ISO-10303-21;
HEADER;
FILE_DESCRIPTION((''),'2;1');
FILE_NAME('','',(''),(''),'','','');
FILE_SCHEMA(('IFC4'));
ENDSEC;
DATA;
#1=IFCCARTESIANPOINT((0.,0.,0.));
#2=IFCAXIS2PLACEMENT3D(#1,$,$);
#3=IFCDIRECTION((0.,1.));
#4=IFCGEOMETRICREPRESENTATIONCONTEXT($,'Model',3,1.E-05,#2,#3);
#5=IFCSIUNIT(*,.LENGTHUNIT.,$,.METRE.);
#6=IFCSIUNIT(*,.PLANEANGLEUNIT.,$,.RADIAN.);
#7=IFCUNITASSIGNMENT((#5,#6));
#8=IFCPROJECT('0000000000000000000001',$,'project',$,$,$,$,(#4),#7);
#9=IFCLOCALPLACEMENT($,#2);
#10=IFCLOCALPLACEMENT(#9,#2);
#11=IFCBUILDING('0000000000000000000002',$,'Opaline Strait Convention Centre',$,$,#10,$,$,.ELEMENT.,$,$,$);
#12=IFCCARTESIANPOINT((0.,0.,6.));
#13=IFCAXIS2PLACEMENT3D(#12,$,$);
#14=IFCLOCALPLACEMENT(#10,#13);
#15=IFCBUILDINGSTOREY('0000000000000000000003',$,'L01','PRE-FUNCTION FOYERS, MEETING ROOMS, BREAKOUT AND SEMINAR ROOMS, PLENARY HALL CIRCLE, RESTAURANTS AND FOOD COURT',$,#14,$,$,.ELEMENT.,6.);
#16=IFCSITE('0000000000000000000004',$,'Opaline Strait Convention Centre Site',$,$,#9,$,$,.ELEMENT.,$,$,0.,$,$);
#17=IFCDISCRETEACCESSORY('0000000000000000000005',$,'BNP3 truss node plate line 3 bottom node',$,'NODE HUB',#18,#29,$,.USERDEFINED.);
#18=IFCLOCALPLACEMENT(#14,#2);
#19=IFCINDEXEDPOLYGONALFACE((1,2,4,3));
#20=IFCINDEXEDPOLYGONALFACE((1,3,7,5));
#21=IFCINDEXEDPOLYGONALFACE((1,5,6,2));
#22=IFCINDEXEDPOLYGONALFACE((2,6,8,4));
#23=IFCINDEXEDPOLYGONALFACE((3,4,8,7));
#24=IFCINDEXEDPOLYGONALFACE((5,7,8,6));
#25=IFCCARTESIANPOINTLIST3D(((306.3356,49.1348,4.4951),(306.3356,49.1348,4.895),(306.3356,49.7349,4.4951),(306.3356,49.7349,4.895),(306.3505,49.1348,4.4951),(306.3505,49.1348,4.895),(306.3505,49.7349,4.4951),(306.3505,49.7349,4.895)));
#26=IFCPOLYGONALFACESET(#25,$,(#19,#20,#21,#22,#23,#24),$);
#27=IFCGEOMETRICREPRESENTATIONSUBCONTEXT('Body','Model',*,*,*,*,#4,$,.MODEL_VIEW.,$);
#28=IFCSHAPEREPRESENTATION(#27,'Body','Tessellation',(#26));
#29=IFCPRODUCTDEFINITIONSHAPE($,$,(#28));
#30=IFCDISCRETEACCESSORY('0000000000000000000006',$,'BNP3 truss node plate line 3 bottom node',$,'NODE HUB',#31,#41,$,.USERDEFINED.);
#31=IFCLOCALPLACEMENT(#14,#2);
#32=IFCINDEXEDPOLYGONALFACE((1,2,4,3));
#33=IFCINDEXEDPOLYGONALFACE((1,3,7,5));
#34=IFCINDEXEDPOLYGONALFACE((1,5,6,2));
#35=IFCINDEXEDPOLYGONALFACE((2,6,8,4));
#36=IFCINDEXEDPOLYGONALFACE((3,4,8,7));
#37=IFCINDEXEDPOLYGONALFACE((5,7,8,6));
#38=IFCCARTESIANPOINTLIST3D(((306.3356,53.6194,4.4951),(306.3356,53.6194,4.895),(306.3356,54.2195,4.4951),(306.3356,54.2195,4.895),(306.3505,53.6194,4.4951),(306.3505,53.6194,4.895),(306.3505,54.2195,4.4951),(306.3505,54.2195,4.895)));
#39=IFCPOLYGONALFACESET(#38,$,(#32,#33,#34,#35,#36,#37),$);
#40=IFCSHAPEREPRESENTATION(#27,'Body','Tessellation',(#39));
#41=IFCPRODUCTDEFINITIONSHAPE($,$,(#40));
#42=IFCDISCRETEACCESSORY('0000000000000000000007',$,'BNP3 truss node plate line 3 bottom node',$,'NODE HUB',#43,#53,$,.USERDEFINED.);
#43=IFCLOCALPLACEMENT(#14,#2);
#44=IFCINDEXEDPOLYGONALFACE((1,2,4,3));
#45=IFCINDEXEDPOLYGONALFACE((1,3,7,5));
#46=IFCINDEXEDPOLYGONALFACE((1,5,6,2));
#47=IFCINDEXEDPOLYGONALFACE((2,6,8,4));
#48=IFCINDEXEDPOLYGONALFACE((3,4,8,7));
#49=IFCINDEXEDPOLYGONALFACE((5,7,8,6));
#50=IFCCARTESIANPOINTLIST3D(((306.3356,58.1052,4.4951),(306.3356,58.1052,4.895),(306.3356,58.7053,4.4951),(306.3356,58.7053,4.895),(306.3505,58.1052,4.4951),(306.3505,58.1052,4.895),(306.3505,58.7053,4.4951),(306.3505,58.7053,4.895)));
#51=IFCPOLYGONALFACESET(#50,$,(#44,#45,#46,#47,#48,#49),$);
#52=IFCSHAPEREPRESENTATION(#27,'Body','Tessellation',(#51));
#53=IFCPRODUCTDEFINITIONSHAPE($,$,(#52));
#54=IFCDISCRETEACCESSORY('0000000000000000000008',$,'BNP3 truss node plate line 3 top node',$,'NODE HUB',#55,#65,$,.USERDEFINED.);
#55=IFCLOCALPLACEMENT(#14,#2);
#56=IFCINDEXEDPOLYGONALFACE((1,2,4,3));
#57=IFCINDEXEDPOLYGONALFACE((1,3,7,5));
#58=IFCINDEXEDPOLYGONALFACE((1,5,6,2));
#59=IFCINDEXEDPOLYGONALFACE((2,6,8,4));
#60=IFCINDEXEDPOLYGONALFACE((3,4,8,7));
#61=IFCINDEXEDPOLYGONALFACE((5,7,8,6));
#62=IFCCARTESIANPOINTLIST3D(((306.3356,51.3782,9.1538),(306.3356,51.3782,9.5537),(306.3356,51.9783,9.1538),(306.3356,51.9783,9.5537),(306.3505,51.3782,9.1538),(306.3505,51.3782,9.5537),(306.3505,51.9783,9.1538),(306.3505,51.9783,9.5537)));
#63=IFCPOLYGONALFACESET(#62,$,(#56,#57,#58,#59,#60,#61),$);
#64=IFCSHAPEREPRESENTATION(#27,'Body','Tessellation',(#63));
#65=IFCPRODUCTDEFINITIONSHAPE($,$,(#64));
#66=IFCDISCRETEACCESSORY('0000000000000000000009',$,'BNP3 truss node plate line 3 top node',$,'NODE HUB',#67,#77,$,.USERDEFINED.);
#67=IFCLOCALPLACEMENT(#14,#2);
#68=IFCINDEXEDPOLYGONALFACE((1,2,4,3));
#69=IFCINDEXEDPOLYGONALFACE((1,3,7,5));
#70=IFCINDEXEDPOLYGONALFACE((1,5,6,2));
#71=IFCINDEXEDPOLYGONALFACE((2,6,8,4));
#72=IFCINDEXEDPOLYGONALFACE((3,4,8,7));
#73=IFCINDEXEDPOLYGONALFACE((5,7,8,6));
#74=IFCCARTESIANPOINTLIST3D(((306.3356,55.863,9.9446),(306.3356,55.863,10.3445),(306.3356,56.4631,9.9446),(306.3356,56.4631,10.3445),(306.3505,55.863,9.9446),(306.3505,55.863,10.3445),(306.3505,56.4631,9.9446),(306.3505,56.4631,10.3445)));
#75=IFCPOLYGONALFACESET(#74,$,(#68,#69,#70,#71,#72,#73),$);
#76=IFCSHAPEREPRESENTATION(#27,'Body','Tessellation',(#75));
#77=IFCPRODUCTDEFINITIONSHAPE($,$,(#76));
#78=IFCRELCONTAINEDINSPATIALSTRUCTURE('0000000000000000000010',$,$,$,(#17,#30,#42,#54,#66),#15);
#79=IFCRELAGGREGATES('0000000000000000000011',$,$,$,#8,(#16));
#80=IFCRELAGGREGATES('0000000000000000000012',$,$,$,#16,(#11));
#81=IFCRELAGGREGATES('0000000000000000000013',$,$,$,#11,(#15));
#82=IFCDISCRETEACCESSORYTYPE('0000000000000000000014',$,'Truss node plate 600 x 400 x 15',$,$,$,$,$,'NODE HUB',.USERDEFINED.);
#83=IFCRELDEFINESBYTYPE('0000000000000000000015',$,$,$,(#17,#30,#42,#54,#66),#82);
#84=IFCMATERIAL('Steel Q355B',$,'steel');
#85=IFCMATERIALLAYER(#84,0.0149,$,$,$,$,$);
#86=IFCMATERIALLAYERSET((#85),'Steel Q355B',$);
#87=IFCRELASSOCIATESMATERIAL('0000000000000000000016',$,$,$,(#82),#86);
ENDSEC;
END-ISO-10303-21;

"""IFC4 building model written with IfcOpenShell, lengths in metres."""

from ifc_helpers import new_model, si_unit, direction, frame, origin, origin_2d, place, context, subcontext, project, spatial, rectangle, extrude, material, layer, layer_set, type_object, element, save


model = new_model("IFC4")

# Units and contexts
model_context = context("Model", 3, precision=1e-05, world=origin(), true_north=direction((0.0, 1.0)))
body_context = subcontext(model_context, "Body", "Model", "MODEL_VIEW")
ifc_project = project(units=[si_unit("LENGTHUNIT", "METRE"), si_unit("PLANEANGLEUNIT", "RADIAN")], contexts=[model_context])

# Site, building, storey
site_placement = place(None, origin())
site = spatial("IfcSite", under=ifc_project, at=site_placement, Name="Opaline Strait Convention Centre Site", CompositionType="ELEMENT", RefElevation=0.0)
building_placement = place(site_placement, origin())
building = spatial("IfcBuilding", under=site, at=building_placement, Name="Opaline Strait Convention Centre", CompositionType="ELEMENT")
storey_placement = place(building_placement, frame((0.0, 0.0, 6.0)))
storey = spatial("IfcBuildingStorey", under=building, at=storey_placement, Name="L01", Description="PRE-FUNCTION FOYERS, MEETING ROOMS, BREAKOUT AND SEMINAR ROOMS, PLENARY HALL CIRCLE, RESTAURANTS AND FOOD COURT", CompositionType="ELEMENT", Elevation=6.0)

# Shared definitions
ifc_material_1 = material(Name="Steel Q355B", Category="steel")

# Discrete accessories
ifc_layer_1 = layer(ifc_material_1, 0.0149)
ifc_layer_set_1 = layer_set([ifc_layer_1], Name="Steel Q355B")
discrete_accessory_type_1 = type_object("IfcDiscreteAccessoryType", Name="Truss node plate 600 x 400 x 15", ElementType="NODE HUB", PredefinedType="USERDEFINED", material=ifc_layer_set_1)
for number, where, z_axis, x_axis, name in (
    (1, (306.343, 49.4348, 4.4951), (0.0, 0.0, 1.0), (1.0, 0.0, 0.0), "BNP3 truss node plate line 3 bottom node"),
    (2, (306.343, 53.9194, 4.4951), (0.0, 0.0, 1.0), (1.0, 0.0, 0.0), "BNP3 truss node plate line 3 bottom node"),
    (3, (306.343, 58.4053, 4.4951), (0.0, 0.0, 1.0), (1.0, 0.0, 0.0), "BNP3 truss node plate line 3 bottom node"),
    (4, (306.343, 51.6782, 9.1538), (0.0, 0.0, 1.0), (1.0, 0.0, 0.0), "BNP3 truss node plate line 3 top node"),
    (5, (306.343, 56.1631, 9.9446), (0.0, 0.0, 1.0), (1.0, 0.0, 0.0), "BNP3 truss node plate line 3 top node"),
):
    element("IfcDiscreteAccessory", number, at=place(storey_placement, frame(where, z_axis=z_axis, x_axis=x_axis)), inside=storey, type_object=discrete_accessory_type_1, Name=name, ObjectType="NODE HUB", PredefinedType="USERDEFINED", context=body_context, shape_type="SweptSolid", body=[
        extrude(rectangle(XDim=0.0149, YDim=0.6001, at=origin_2d()), origin(), (0.0, 0.0, 1.0), 0.3999),
    ])

save(model, "model.ifc")
